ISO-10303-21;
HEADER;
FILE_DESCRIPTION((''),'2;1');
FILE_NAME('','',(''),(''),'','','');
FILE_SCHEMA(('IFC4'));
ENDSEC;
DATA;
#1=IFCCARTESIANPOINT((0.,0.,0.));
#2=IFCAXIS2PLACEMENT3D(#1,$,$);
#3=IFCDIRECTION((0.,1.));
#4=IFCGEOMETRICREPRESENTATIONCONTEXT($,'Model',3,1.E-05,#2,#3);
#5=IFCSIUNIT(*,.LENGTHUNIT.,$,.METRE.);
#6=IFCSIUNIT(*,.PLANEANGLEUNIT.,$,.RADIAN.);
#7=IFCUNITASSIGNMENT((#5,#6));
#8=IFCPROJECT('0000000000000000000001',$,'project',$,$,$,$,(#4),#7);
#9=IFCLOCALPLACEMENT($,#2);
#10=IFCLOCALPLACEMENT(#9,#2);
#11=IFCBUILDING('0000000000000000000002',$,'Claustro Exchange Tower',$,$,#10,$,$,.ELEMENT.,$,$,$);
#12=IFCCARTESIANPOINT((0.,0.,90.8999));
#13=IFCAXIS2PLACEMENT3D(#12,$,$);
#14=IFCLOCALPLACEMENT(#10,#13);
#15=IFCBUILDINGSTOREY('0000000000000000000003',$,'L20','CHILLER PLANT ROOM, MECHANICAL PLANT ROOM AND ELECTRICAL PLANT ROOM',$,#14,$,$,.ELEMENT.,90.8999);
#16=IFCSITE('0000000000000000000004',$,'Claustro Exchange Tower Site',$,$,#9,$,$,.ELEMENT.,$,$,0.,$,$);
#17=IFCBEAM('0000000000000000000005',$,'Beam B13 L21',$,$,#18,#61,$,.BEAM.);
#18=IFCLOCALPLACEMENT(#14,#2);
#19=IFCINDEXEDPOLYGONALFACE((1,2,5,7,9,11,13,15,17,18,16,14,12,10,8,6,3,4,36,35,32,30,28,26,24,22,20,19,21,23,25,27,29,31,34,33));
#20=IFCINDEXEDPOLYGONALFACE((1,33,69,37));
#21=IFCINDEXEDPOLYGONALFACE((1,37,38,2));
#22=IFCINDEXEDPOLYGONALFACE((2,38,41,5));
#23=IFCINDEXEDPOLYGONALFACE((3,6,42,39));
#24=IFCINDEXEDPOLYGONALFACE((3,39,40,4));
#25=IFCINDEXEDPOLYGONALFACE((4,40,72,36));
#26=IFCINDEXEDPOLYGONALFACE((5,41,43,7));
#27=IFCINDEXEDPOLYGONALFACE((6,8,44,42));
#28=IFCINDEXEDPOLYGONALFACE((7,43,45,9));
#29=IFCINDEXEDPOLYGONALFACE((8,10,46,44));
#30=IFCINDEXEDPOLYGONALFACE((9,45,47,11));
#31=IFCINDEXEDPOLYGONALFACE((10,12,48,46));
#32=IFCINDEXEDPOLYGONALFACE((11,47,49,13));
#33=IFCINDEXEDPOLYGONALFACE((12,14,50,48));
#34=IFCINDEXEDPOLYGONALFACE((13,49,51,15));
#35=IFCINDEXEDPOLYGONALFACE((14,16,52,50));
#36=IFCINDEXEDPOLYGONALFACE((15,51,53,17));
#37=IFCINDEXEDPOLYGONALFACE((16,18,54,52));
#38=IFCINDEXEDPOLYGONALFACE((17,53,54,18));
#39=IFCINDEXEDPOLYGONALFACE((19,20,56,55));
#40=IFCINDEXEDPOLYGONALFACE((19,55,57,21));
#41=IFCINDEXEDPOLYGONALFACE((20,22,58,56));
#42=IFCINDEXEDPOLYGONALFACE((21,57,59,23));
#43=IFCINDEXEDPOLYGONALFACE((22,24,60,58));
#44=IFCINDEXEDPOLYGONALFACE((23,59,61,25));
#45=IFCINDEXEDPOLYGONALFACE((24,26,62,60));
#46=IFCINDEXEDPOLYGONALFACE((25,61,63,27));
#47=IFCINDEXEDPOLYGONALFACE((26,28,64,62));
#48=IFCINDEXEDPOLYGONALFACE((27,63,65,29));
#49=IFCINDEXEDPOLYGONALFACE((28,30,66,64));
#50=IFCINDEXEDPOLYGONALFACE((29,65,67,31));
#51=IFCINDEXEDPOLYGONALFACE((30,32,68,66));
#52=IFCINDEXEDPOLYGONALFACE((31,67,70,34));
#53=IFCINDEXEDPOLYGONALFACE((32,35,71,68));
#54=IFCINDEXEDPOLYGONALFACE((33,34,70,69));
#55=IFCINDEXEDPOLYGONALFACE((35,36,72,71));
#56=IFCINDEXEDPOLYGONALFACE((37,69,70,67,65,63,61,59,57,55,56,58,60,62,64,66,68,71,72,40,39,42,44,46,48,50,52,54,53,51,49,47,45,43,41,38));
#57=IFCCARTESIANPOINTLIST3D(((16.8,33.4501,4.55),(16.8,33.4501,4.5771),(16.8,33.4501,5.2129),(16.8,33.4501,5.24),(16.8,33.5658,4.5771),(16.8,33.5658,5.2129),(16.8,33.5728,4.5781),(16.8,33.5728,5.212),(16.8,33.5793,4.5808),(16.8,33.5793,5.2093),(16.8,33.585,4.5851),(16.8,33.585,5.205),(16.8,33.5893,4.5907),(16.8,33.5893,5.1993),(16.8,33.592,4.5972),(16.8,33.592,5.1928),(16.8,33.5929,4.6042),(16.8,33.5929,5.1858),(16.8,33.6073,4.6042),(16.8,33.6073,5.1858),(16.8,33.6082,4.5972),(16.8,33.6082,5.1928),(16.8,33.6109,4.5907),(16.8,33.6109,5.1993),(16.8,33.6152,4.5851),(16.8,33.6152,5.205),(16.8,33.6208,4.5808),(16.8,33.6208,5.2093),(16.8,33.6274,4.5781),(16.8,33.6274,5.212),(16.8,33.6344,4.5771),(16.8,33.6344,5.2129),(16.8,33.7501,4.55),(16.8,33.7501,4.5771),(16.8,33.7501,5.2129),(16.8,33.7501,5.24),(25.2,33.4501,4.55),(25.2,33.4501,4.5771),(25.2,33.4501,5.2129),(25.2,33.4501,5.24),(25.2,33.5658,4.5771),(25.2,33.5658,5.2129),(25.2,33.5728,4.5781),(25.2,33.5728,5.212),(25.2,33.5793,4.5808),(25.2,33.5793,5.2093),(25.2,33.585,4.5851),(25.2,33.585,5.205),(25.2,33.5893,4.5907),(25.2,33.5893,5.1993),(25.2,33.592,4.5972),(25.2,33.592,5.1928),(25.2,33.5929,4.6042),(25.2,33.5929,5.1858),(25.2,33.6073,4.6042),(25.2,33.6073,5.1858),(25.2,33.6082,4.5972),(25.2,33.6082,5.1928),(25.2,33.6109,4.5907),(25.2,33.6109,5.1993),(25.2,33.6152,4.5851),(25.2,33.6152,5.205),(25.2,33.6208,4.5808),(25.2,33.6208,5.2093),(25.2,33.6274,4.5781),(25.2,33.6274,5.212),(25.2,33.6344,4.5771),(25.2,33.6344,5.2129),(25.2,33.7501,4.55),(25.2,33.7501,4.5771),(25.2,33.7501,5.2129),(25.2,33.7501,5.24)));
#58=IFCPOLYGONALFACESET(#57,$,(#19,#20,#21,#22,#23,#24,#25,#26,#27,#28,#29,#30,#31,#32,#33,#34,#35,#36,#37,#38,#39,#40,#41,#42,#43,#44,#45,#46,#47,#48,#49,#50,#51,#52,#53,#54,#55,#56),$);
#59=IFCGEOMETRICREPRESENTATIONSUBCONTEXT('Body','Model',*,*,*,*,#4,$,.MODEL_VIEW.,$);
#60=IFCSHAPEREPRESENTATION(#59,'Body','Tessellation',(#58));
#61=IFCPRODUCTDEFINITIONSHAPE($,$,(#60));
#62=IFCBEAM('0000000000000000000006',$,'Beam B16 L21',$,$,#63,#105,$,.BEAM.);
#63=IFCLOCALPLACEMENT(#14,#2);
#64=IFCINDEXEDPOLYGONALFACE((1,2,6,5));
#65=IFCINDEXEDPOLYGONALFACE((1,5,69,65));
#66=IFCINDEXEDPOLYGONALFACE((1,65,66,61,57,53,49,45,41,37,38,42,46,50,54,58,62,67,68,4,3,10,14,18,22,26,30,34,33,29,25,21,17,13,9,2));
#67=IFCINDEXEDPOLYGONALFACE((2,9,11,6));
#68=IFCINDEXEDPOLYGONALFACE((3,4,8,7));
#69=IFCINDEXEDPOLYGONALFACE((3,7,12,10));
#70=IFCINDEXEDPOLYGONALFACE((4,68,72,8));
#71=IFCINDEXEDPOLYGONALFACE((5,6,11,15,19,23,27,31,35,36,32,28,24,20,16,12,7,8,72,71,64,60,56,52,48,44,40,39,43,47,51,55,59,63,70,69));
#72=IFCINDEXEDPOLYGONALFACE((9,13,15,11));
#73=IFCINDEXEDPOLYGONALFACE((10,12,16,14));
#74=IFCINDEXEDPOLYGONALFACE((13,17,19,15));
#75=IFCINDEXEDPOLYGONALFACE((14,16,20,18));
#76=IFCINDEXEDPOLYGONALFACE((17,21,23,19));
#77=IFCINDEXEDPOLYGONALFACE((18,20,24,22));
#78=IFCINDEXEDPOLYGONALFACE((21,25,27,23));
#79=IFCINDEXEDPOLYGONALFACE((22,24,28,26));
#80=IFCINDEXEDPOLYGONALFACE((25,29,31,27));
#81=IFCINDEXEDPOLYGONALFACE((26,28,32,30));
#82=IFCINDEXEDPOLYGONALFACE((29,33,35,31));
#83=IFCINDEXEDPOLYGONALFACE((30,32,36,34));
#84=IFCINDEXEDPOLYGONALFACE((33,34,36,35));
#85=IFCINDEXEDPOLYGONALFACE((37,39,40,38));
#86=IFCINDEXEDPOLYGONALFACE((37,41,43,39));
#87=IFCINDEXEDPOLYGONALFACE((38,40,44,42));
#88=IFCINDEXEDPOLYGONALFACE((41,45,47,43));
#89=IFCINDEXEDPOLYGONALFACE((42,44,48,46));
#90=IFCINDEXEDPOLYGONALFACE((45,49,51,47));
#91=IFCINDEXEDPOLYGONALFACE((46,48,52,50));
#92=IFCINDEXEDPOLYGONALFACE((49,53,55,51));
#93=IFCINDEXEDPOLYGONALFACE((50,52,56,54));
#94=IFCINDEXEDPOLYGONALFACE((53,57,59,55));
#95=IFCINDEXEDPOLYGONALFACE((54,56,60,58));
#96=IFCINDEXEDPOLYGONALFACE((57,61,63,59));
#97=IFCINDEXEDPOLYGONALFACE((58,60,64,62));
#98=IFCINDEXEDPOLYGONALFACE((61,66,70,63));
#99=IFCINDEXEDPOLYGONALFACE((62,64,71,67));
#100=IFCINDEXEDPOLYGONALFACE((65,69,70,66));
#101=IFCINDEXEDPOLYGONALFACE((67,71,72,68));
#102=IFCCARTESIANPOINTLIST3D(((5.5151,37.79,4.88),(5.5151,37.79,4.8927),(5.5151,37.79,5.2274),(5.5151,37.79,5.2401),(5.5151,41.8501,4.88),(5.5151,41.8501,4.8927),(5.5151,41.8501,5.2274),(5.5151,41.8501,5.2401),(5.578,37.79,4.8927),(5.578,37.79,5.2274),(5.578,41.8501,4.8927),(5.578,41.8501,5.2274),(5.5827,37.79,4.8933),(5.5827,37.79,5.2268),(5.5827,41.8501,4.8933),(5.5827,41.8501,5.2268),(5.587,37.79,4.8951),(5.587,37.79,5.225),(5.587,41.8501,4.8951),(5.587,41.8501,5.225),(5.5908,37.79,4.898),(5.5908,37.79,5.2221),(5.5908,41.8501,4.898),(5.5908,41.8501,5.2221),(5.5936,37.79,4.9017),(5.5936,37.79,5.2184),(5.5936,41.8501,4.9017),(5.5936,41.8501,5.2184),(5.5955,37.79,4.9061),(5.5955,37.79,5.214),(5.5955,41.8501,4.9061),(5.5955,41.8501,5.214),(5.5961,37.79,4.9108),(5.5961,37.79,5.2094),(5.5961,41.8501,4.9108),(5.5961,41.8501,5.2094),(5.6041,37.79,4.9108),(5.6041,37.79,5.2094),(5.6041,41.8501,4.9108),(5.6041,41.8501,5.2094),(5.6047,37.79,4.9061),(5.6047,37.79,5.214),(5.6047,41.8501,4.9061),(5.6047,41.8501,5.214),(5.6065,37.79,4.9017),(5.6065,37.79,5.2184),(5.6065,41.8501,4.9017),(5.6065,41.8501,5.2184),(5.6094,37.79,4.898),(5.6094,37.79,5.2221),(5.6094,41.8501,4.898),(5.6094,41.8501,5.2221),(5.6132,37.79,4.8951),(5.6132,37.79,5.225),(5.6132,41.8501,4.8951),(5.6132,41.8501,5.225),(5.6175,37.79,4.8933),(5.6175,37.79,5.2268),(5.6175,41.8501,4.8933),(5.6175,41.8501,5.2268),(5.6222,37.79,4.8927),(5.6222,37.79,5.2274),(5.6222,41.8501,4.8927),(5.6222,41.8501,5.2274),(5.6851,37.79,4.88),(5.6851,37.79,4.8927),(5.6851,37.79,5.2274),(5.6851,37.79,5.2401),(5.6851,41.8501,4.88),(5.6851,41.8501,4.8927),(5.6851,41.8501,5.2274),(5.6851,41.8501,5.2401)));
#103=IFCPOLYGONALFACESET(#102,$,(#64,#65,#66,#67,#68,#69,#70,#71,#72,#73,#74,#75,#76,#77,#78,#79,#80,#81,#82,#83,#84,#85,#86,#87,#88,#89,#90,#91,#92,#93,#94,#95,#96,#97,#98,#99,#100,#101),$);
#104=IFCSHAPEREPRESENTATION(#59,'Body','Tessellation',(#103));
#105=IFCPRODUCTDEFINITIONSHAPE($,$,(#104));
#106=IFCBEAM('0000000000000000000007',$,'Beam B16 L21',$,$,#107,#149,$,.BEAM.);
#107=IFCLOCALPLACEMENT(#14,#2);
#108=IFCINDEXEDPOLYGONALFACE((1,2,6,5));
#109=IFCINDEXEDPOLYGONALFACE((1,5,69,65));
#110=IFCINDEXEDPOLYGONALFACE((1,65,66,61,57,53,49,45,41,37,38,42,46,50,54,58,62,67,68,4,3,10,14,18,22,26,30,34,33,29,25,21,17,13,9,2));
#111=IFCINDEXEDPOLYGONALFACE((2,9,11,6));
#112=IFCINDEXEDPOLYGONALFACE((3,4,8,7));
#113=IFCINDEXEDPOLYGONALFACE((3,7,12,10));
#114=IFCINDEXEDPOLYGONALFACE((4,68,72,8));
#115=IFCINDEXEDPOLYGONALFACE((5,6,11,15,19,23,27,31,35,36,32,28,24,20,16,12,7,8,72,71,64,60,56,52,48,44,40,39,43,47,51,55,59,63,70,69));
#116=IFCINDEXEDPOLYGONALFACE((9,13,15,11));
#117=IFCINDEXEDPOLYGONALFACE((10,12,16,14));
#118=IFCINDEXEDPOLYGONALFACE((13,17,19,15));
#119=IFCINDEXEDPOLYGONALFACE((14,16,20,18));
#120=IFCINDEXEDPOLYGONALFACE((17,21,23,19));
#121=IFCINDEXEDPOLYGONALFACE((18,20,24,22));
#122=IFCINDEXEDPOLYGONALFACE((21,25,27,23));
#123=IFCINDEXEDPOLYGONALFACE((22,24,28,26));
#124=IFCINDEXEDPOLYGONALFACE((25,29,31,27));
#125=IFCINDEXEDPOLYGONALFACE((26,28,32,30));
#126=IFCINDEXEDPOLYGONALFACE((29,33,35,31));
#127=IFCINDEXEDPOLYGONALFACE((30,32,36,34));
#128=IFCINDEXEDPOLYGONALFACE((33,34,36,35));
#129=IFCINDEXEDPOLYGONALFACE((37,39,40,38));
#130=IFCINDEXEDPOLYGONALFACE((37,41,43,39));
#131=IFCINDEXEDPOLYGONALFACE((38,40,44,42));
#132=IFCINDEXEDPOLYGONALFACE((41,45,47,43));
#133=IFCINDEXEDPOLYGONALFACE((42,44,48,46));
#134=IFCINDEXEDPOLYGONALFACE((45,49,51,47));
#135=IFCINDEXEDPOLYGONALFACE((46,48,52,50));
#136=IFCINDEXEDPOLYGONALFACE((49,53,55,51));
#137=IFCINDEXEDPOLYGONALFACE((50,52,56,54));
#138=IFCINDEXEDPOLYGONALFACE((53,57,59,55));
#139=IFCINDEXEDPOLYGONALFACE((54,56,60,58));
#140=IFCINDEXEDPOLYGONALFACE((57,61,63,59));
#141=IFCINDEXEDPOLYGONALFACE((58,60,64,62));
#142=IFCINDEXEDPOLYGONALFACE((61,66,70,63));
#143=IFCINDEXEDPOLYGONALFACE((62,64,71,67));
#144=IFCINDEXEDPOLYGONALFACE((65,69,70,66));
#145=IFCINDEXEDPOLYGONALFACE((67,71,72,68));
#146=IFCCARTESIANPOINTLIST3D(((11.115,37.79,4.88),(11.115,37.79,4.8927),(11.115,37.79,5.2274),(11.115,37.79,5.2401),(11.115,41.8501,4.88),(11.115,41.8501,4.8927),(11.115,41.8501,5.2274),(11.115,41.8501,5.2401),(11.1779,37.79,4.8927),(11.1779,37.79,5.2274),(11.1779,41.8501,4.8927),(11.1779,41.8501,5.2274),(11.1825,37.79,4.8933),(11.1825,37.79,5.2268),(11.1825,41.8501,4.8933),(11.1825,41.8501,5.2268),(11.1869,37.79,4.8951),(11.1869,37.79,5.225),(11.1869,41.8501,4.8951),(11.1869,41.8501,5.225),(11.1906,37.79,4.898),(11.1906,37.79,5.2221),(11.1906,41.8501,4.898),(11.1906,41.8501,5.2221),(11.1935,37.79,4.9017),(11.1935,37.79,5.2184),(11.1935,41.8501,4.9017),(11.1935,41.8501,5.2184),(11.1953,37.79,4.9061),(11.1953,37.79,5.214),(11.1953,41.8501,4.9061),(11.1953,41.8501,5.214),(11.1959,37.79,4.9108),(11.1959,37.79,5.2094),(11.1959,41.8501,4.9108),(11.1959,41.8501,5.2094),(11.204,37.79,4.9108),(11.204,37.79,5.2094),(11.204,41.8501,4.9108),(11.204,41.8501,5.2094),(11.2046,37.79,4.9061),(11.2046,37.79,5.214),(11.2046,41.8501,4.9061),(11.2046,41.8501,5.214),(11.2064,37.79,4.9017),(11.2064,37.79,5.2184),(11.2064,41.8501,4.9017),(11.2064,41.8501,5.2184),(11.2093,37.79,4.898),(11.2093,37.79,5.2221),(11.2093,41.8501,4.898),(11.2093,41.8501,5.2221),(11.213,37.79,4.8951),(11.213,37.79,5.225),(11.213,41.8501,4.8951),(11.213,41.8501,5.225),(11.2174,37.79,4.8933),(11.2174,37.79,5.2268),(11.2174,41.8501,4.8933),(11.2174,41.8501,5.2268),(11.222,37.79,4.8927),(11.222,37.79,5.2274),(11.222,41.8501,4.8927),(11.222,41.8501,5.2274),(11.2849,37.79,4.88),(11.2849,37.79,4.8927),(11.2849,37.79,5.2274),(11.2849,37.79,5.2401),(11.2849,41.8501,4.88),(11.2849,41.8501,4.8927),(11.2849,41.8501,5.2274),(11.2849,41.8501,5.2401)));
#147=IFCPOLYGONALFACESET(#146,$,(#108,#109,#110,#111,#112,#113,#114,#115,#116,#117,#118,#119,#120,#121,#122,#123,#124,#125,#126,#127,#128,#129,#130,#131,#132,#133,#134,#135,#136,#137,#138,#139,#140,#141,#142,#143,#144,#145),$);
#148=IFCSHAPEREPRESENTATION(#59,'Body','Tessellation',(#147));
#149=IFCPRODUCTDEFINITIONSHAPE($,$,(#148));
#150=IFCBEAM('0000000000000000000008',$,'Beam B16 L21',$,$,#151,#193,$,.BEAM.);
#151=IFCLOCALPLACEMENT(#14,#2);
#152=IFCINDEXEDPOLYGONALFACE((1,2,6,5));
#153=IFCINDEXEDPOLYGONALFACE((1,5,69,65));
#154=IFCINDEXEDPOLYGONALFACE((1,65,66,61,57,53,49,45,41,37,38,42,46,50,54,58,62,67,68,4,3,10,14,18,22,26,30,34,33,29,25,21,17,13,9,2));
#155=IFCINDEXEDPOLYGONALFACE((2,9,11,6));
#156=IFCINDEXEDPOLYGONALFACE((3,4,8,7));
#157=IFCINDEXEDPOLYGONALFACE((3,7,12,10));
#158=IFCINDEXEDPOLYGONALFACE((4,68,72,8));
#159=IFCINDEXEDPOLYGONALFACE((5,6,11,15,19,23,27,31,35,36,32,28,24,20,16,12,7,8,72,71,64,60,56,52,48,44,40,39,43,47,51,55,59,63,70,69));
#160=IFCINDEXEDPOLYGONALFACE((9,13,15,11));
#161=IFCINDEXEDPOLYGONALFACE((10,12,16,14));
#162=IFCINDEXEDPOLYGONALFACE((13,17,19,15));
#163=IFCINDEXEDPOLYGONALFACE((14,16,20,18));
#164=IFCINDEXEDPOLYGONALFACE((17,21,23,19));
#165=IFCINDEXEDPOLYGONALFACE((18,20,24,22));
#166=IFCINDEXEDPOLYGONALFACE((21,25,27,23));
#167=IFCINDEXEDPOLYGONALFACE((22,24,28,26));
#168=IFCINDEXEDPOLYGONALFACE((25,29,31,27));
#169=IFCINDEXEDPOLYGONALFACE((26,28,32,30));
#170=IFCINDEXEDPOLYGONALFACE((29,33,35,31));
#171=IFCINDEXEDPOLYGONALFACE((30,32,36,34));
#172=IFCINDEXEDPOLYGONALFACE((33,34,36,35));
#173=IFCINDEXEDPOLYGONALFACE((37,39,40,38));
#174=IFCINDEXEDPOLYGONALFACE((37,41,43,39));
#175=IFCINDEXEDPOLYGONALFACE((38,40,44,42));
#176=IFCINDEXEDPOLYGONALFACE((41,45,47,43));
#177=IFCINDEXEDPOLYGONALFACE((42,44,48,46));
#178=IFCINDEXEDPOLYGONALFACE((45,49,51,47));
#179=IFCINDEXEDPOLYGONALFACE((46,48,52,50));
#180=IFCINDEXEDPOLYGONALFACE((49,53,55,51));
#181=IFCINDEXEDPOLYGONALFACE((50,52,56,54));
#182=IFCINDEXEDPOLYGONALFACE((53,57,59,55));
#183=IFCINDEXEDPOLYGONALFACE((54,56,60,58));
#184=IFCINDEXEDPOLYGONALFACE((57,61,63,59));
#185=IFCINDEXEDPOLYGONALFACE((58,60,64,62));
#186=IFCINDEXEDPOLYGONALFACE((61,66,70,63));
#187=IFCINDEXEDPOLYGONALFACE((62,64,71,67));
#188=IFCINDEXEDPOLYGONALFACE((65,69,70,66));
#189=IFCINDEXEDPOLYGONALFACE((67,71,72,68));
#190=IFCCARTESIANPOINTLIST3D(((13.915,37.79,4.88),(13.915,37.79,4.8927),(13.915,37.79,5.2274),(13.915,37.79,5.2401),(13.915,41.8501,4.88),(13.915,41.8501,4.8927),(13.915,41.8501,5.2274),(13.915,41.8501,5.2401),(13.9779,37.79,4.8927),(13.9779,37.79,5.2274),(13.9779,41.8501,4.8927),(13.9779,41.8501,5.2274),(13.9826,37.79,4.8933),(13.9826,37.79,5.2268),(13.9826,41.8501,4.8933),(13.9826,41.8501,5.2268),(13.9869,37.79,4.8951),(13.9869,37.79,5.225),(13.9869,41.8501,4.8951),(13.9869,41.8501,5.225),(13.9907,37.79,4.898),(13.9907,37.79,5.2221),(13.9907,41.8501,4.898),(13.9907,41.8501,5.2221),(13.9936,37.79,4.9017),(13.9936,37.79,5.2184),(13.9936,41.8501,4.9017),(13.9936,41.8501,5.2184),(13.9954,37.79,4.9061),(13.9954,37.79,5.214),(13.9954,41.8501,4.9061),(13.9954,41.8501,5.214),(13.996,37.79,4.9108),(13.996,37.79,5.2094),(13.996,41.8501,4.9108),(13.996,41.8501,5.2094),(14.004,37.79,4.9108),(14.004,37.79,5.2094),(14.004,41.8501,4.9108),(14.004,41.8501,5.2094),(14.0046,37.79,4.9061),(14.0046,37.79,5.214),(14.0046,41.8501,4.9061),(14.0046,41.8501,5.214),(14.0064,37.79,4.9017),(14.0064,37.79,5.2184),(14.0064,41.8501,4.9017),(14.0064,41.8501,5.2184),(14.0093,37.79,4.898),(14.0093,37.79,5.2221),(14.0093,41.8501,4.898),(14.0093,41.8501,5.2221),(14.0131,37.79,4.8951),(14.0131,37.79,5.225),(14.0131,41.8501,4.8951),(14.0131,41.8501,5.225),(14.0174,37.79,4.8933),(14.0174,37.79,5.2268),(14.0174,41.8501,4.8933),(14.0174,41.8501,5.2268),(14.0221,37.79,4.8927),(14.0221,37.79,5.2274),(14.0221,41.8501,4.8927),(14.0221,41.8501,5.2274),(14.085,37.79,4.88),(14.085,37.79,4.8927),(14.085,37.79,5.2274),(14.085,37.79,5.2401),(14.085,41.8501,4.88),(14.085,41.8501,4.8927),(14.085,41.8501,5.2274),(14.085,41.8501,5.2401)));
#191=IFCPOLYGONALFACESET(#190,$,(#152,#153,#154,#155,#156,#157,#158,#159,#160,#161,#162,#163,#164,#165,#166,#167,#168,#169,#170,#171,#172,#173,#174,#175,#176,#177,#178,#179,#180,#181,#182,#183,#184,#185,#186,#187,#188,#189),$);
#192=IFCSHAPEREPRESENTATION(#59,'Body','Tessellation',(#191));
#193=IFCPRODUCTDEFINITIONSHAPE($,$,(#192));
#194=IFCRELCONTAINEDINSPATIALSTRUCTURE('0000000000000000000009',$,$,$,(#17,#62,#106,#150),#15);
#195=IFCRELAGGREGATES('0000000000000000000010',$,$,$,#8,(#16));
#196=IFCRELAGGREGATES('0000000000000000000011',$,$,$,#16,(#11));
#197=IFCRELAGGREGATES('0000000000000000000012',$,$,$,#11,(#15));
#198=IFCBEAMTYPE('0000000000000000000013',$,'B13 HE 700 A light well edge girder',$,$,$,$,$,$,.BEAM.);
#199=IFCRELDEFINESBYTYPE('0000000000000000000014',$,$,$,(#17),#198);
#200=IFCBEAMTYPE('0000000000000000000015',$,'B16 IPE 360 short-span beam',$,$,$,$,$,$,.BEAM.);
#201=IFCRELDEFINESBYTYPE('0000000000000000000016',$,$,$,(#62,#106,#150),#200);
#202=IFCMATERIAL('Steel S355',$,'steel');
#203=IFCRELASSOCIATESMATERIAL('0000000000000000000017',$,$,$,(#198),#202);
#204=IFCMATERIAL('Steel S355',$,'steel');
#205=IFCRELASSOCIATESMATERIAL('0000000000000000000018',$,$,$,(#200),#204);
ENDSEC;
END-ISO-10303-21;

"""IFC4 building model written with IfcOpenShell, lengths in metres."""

from ifc_helpers import new_model, si_unit, direction, frame, origin, origin_2d, place, context, subcontext, project, spatial, i_section, extrude, material, material_profile, profile_set, type_object, element, save


model = new_model("IFC4")

# Units and contexts
model_context = context("Model", 3, precision=1e-05, world=origin(), true_north=direction((0.0, 1.0)))
body_context = subcontext(model_context, "Body", "Model", "MODEL_VIEW")
ifc_project = project(units=[si_unit("LENGTHUNIT", "METRE"), si_unit("PLANEANGLEUNIT", "RADIAN")], contexts=[model_context])

# Site, building, storey
site_placement = place(None, origin())
site = spatial("IfcSite", under=ifc_project, at=site_placement, Name="Claustro Exchange Tower Site", CompositionType="ELEMENT", RefElevation=0.0)
building_placement = place(site_placement, origin())
building = spatial("IfcBuilding", under=site, at=building_placement, Name="Claustro Exchange Tower", CompositionType="ELEMENT")
storey_placement = place(building_placement, frame((0.0, 0.0, 90.8999)))
storey = spatial("IfcBuildingStorey", under=building, at=storey_placement, Name="L20", Description="CHILLER PLANT ROOM, MECHANICAL PLANT ROOM AND ELECTRICAL PLANT ROOM", CompositionType="ELEMENT", Elevation=90.8999)

# Beams
ifc_material_1 = material(Name="Steel S355", Category="steel")
ifc_material_profile_1 = material_profile(ifc_material_1, i_section(OverallWidth=0.3, OverallDepth=0.6899, WebThickness=0.0144, FlangeThickness=0.0271, FilletRadius=0.0271, at=origin_2d()), Name="HE 700 A")
ifc_profile_set_1 = profile_set([ifc_material_profile_1], Name="Steel S355")
beam_type_1 = type_object("IfcBeamType", Name="B13 HE 700 A light well edge girder", PredefinedType="BEAM", material=ifc_profile_set_1)
beam_placement = place(storey_placement, frame((16.8, 33.6001, 4.895), z_axis=(1.0, 0.0, 0.0), x_axis=(0.0, 1.0, 0.0)))
element("IfcBeam", 1, at=beam_placement, inside=storey, type_object=beam_type_1, Name="Beam B13 L21", PredefinedType="BEAM", context=body_context, shape_type="SweptSolid", body=[
    extrude(i_section(OverallWidth=0.3, OverallDepth=0.6899, WebThickness=0.0144, FlangeThickness=0.0271, FilletRadius=0.0271, at=origin_2d()), origin(), (0.0, 0.0, 1.0), 8.3999),
])
ifc_material_2 = material(Name="Steel S355", Category="steel")
ifc_material_profile_2 = material_profile(ifc_material_2, i_section(OverallWidth=0.1699, OverallDepth=0.3601, WebThickness=0.0081, FlangeThickness=0.0127, FilletRadius=0.0181, at=origin_2d()), Name="IPE 360")
ifc_profile_set_2 = profile_set([ifc_material_profile_2], Name="Steel S355")
beam_type_2 = type_object("IfcBeamType", Name="B16 IPE 360 short-span beam", PredefinedType="BEAM", material=ifc_profile_set_2)
for number, where, z_axis, x_axis, name in (
    (2, (5.6001, 37.79, 5.0601), (0.0, 1.0, 0.0), (-1.0, 0.0, 0.0), "Beam B16 L21"),
    (3, (11.2, 37.79, 5.0601), (0.0, 1.0, 0.0), (-1.0, 0.0, 0.0), "Beam B16 L21"),
    (4, (14.0, 37.79, 5.0601), (0.0, 1.0, 0.0), (-1.0, 0.0, 0.0), "Beam B16 L21"),
):
    element("IfcBeam", number, at=place(storey_placement, frame(where, z_axis=z_axis, x_axis=x_axis)), inside=storey, type_object=beam_type_2, Name=name, PredefinedType="BEAM", context=body_context, shape_type="SweptSolid", body=[
        extrude(i_section(OverallWidth=0.1699, OverallDepth=0.3601, WebThickness=0.0081, FlangeThickness=0.0127, FilletRadius=0.0181, at=origin_2d()), origin(), (0.0, 0.0, 1.0), 4.0601),
    ])

save(model, "model.ifc")
